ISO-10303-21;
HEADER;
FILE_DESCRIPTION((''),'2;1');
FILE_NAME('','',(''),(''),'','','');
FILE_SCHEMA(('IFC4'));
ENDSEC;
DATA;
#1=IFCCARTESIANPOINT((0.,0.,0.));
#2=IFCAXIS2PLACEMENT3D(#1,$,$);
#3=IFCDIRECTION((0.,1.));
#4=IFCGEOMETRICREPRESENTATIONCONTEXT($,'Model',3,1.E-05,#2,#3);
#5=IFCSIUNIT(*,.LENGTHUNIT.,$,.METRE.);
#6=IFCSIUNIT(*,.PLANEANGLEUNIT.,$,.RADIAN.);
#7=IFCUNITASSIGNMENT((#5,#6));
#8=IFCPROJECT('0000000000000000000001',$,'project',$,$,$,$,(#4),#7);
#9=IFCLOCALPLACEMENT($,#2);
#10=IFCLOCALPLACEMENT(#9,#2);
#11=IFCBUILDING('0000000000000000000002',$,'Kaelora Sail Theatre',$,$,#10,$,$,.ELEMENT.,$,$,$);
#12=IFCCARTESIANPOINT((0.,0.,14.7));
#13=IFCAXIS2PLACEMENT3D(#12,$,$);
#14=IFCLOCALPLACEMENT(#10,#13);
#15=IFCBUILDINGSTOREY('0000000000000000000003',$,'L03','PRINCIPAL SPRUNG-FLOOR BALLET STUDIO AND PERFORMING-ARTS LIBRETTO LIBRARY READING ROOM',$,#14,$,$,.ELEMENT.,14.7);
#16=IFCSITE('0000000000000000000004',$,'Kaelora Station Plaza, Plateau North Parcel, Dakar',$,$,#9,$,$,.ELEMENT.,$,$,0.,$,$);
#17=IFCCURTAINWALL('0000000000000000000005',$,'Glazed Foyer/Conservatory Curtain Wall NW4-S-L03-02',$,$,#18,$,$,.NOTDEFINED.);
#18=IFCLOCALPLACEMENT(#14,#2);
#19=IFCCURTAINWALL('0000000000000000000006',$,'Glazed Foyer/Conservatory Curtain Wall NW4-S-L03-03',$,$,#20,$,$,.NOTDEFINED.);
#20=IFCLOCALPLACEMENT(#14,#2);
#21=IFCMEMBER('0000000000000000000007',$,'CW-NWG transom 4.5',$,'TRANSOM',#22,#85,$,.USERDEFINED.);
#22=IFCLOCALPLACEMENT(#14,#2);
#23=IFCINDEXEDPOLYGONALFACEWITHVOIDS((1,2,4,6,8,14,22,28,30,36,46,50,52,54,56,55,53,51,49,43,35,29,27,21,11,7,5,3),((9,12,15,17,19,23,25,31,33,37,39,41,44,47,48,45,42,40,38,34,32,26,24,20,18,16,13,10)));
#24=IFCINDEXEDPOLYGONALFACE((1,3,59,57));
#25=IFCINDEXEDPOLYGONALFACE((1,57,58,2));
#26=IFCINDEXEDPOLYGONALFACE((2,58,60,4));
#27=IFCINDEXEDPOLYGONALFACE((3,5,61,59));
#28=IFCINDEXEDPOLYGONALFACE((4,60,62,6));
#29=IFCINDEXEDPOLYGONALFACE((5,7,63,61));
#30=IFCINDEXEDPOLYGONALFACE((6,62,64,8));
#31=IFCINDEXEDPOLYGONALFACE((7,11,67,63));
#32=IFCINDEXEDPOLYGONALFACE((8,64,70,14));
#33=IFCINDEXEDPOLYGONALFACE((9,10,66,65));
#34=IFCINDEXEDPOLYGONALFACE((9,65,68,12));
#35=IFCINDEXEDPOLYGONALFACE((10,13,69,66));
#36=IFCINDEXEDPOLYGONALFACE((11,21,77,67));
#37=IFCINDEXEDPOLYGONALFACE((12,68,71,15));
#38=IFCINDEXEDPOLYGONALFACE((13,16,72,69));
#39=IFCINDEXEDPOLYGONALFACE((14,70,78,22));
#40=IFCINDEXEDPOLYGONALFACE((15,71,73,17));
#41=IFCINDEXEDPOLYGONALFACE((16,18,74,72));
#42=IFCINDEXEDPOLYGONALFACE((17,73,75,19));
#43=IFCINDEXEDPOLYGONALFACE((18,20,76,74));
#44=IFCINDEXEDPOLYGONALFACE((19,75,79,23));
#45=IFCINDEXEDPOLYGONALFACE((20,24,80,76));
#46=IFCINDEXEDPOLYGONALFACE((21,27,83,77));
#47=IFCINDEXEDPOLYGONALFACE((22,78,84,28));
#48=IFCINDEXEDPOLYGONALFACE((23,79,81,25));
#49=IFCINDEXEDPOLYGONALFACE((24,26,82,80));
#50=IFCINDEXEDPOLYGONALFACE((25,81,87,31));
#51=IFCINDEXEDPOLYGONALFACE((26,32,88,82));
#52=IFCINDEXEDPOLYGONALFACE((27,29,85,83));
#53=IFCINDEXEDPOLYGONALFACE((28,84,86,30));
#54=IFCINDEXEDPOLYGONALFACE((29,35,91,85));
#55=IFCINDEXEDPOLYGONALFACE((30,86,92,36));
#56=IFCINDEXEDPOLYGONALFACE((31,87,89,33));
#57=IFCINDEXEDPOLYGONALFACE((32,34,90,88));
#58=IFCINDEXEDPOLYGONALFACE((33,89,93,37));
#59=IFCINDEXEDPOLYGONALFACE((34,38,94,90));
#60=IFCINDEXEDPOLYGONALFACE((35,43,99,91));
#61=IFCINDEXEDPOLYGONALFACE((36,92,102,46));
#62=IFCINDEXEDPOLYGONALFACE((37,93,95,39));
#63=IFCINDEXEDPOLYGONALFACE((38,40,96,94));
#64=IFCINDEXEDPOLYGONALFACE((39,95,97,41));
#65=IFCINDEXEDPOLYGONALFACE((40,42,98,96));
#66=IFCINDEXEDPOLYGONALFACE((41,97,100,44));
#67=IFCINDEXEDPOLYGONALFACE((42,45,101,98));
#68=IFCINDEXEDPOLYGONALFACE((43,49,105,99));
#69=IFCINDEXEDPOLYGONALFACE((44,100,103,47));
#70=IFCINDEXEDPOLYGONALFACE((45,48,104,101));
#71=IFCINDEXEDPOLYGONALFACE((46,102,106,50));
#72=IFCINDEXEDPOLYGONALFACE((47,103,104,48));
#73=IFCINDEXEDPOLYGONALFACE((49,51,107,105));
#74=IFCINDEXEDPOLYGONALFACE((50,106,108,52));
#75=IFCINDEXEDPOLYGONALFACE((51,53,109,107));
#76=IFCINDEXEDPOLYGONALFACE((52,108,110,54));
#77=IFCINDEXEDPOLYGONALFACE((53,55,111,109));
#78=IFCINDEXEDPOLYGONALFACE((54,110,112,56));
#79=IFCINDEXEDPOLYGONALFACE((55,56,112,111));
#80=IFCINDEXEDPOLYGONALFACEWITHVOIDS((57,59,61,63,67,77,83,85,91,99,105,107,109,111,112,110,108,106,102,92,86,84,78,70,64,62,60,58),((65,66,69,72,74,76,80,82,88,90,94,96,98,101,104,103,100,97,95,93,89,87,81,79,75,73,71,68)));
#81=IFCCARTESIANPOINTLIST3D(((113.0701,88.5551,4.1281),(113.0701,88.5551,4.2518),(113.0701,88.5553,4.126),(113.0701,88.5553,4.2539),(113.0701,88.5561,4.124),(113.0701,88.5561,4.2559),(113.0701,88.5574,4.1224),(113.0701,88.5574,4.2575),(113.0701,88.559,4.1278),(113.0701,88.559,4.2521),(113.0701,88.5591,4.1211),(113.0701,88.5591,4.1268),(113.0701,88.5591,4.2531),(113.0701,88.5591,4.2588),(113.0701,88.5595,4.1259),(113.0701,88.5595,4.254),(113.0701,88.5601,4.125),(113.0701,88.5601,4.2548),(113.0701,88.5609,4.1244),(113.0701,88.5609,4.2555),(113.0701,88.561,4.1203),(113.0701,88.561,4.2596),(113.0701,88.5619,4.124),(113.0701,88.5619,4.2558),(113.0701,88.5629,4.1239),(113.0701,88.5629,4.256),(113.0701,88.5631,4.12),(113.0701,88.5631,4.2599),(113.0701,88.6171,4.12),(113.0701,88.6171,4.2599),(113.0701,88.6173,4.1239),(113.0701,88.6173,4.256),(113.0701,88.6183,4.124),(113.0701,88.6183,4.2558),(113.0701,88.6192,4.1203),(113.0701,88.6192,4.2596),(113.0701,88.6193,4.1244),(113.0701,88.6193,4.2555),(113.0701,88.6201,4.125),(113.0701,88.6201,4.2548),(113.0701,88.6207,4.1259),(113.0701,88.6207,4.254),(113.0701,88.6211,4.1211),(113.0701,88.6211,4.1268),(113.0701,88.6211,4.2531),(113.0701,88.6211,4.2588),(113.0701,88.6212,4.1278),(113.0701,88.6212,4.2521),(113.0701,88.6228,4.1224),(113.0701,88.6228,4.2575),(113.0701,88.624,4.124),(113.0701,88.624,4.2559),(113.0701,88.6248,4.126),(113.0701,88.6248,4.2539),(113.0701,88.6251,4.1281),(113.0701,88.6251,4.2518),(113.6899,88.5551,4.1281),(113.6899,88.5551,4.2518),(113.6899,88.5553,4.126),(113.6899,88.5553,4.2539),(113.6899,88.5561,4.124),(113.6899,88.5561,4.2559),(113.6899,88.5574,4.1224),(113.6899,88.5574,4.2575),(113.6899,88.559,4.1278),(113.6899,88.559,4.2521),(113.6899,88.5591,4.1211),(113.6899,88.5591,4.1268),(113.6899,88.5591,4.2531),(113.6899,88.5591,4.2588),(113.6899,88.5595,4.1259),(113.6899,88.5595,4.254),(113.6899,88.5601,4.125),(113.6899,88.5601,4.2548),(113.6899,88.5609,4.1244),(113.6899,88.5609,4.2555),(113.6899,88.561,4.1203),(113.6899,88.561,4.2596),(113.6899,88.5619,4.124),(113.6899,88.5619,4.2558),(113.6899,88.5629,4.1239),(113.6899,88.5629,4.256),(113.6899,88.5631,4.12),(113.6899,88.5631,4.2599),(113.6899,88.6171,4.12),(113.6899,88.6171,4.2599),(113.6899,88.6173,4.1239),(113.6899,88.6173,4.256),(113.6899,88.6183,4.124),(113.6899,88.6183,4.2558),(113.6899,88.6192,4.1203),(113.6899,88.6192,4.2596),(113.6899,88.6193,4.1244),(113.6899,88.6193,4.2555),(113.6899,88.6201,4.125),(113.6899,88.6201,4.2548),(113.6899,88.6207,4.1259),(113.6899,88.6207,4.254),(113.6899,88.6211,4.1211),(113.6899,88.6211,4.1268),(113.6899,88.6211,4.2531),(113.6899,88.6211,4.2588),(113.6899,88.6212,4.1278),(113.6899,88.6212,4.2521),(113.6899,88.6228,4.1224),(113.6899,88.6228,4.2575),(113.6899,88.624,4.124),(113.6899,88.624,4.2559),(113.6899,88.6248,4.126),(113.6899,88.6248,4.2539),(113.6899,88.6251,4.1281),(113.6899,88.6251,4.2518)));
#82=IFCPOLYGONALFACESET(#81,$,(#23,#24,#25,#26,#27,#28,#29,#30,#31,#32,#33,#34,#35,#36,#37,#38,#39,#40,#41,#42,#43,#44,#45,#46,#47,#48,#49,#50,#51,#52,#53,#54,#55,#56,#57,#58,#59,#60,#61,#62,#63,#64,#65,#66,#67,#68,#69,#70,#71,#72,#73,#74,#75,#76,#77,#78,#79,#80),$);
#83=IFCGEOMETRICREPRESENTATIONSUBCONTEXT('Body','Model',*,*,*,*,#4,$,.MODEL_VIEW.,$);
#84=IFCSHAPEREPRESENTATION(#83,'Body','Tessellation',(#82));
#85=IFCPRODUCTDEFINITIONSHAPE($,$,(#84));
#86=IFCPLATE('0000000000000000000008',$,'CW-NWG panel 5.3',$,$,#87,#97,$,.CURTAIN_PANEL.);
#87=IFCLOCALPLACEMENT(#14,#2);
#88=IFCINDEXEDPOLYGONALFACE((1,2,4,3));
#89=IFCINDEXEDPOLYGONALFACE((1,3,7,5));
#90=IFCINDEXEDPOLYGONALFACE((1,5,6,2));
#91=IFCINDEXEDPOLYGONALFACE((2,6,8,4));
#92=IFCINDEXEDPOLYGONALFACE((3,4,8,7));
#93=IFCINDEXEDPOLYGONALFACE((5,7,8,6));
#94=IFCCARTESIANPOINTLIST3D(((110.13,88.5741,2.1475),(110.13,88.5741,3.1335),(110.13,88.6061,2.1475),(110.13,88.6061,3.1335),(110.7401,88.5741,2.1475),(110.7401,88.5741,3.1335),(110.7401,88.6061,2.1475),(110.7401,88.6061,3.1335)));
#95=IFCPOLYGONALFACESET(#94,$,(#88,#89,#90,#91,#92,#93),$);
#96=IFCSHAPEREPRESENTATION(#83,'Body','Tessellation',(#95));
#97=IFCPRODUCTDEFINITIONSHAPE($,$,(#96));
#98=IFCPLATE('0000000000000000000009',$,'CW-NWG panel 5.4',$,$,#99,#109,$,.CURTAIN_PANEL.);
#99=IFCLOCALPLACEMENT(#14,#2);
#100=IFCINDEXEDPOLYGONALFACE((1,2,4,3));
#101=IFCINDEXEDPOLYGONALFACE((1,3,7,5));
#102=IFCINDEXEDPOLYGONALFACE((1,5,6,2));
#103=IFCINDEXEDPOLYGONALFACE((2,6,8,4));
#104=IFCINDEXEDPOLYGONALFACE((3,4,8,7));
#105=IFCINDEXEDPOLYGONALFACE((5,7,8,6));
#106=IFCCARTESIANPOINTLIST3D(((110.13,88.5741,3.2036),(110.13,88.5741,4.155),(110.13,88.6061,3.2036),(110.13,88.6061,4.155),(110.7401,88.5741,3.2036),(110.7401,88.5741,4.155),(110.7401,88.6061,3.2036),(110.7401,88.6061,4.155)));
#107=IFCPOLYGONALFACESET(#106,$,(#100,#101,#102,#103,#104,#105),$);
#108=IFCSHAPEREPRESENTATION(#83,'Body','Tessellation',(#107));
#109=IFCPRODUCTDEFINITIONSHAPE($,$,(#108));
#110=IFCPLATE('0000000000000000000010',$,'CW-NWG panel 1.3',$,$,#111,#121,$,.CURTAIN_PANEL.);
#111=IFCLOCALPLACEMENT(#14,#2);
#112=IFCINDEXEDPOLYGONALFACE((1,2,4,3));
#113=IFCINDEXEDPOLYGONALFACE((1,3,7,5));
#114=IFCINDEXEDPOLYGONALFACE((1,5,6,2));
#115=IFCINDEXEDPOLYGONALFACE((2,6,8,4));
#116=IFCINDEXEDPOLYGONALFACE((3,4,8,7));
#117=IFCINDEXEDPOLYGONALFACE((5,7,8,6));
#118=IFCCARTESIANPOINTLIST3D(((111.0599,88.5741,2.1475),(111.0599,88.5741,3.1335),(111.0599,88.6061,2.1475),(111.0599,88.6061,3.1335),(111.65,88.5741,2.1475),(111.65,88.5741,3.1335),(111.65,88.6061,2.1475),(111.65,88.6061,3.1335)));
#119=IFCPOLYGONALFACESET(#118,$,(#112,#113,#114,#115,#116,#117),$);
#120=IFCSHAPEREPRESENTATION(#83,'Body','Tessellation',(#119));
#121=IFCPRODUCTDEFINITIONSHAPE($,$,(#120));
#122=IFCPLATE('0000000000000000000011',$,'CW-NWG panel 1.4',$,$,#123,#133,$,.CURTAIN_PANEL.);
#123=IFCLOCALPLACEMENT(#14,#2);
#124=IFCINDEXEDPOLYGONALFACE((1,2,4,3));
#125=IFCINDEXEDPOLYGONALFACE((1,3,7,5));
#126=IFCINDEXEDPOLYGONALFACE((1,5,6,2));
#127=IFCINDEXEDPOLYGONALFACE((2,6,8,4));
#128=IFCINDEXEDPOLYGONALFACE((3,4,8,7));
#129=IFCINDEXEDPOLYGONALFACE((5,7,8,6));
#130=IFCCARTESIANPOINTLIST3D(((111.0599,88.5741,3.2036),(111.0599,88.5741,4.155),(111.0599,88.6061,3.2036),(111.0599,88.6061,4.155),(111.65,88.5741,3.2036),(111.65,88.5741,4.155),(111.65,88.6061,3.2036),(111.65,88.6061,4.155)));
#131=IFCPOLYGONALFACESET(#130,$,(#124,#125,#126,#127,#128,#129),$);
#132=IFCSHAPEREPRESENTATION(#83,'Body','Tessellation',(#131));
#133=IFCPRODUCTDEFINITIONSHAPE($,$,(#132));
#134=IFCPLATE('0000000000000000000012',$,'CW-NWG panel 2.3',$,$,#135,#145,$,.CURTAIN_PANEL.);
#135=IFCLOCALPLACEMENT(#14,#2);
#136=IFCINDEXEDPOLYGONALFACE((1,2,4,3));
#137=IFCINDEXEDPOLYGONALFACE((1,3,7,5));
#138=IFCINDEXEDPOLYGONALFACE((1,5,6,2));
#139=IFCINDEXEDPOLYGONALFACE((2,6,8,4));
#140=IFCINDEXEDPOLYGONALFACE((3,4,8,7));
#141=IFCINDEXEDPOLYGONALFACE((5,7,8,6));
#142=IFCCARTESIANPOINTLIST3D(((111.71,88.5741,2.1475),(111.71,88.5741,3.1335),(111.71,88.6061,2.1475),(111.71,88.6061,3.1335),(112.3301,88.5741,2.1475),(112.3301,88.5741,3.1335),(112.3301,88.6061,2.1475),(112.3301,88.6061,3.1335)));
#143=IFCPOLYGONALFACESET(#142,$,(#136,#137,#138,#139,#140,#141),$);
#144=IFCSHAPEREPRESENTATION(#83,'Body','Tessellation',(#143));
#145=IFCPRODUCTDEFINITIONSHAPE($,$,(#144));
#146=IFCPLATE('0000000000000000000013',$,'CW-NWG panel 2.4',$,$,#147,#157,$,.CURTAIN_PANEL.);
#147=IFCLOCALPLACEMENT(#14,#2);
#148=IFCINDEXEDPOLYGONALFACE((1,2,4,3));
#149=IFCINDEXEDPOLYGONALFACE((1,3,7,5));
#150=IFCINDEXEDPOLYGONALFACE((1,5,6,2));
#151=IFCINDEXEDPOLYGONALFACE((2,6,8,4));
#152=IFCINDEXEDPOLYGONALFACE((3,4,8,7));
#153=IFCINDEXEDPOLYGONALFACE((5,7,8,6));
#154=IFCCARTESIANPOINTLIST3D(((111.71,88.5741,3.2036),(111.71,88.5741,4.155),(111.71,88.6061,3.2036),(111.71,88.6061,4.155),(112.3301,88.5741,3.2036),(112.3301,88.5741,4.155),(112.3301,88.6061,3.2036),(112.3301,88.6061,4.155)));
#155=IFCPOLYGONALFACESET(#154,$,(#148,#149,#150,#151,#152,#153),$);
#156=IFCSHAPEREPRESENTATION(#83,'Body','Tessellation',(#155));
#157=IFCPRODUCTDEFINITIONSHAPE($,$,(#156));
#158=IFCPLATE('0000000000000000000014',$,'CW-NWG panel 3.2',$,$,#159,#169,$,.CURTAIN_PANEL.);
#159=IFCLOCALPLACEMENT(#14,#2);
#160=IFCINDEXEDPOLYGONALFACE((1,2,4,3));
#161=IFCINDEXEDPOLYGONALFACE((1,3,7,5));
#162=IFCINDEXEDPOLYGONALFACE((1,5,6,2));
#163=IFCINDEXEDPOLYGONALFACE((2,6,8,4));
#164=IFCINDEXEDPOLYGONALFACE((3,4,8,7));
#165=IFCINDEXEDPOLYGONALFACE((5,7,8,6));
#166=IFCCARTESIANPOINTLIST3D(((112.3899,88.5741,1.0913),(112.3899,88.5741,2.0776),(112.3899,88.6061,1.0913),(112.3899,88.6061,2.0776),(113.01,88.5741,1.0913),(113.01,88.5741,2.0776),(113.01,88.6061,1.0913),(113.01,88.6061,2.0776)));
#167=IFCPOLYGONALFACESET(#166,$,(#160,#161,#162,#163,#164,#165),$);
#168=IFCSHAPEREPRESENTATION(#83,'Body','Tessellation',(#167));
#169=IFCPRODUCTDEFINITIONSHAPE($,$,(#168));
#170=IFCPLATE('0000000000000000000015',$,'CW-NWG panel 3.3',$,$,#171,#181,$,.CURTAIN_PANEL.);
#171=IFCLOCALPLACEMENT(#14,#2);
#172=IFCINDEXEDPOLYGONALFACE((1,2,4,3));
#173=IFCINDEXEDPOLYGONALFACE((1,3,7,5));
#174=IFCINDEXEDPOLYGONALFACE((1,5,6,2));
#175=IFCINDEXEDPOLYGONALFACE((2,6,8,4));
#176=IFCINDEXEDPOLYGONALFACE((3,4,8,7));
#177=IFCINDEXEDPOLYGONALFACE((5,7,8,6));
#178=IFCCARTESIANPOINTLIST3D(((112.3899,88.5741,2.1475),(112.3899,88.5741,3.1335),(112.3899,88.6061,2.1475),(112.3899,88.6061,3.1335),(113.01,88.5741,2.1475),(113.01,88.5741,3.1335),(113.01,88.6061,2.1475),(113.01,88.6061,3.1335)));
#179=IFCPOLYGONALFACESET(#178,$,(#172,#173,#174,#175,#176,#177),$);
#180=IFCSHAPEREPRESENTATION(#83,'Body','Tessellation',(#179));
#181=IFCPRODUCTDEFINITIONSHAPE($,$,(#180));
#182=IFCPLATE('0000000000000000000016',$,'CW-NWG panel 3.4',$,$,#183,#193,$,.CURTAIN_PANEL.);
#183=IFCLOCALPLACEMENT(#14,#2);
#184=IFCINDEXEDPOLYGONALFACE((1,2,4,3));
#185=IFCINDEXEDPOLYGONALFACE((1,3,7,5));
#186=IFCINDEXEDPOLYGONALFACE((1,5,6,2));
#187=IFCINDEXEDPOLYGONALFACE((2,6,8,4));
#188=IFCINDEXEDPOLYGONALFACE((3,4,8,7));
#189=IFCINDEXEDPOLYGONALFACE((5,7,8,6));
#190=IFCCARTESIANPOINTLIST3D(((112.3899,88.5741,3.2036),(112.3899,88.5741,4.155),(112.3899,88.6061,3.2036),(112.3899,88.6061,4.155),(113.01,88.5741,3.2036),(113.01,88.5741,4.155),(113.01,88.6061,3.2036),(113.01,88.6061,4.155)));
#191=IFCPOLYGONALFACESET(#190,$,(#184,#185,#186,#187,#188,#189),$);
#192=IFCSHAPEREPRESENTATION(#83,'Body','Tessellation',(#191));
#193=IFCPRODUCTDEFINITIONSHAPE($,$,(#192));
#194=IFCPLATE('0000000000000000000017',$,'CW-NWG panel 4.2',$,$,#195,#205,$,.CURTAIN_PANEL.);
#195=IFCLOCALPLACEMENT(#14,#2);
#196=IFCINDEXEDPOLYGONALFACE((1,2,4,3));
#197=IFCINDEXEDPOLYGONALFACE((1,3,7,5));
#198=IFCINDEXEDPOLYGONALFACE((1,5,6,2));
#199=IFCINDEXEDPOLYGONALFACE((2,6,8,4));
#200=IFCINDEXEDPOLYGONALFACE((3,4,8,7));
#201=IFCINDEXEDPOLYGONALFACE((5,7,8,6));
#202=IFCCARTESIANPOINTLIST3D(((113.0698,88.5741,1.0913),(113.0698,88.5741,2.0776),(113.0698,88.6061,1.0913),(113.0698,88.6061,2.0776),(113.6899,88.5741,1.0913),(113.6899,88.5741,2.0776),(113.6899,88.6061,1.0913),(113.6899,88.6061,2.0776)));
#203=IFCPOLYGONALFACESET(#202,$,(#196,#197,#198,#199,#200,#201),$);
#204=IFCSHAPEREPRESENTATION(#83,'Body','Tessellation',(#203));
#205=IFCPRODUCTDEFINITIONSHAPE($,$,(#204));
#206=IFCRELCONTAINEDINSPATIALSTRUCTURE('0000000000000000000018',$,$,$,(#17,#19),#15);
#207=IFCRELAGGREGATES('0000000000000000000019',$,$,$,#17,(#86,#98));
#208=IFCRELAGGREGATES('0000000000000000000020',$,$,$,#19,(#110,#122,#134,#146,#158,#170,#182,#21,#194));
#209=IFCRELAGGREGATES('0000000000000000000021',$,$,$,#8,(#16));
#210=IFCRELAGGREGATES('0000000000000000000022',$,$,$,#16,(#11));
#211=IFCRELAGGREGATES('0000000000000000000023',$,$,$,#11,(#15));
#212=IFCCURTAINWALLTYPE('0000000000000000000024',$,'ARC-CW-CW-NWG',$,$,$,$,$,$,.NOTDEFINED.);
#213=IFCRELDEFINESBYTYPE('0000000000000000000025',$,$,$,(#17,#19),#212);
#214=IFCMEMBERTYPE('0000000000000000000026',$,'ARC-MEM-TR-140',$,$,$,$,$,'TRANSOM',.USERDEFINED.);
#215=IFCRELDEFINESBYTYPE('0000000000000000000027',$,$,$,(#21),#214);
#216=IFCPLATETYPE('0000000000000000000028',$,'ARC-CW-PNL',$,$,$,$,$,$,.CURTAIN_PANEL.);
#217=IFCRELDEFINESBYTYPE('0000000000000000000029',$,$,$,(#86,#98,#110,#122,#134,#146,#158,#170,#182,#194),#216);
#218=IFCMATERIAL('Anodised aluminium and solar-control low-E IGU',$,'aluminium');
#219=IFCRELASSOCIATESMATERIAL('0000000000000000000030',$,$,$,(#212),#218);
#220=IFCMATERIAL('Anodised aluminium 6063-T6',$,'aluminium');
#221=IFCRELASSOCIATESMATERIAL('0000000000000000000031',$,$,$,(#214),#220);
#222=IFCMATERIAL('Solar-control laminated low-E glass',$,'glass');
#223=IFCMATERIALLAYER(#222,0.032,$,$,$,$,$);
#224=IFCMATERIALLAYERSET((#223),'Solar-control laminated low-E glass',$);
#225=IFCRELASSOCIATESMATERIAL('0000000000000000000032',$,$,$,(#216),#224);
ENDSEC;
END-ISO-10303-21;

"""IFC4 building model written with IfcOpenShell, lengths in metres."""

from ifc_helpers import new_model, si_unit, direction, frame, origin, origin_2d, place, context, subcontext, project, spatial, rectangle, hollow_rectangle, extrude, material, layer, layer_set, material_profile, profile_set, type_object, element, aggregate, save


model = new_model("IFC4")

# Units and contexts
model_context = context("Model", 3, precision=1e-05, world=origin(), true_north=direction((0.0, 1.0)))
body_context = subcontext(model_context, "Body", "Model", "MODEL_VIEW")
ifc_project = project(units=[si_unit("LENGTHUNIT", "METRE"), si_unit("PLANEANGLEUNIT", "RADIAN")], contexts=[model_context])

# Site, building, storey
site_placement = place(None, origin())
site = spatial("IfcSite", under=ifc_project, at=site_placement, Name="Kaelora Station Plaza, Plateau North Parcel, Dakar", CompositionType="ELEMENT", RefElevation=0.0)
building_placement = place(site_placement, origin())
building = spatial("IfcBuilding", under=site, at=building_placement, Name="Kaelora Sail Theatre", CompositionType="ELEMENT")
storey_placement = place(building_placement, frame((0.0, 0.0, 14.7)))
storey = spatial("IfcBuildingStorey", under=building, at=storey_placement, Name="L03", Description="PRINCIPAL SPRUNG-FLOOR BALLET STUDIO AND PERFORMING-ARTS LIBRETTO LIBRARY READING ROOM", CompositionType="ELEMENT", Elevation=14.7)

# Curtain walls, member
ifc_material_1 = material(Name="Anodised aluminium and solar-control low-E IGU", Category="aluminium")
curtain_wall_type = type_object("IfcCurtainWallType", Name="ARC-CW-CW-NWG", PredefinedType="NOTDEFINED", material=ifc_material_1)
curtain_wall_1_placement = place(storey_placement, origin())
curtain_wall_1 = element("IfcCurtainWall", 1, at=curtain_wall_1_placement, inside=storey, type_object=curtain_wall_type, Name="Glazed Foyer/Conservatory Curtain Wall NW4-S-L03-02", PredefinedType="NOTDEFINED")
ifc_material_2 = material(Name="Anodised aluminium 6063-T6", Category="aluminium")
ifc_material_profile = material_profile(ifc_material_2, hollow_rectangle(XDim=0.0701, YDim=0.1399, WallThickness=0.0039, InnerFilletRadius=0.0039, OuterFilletRadius=0.0081, at=origin_2d()), Name="ALU-TRAN 70x140x4")
ifc_profile_set = profile_set([ifc_material_profile], Name="Anodised aluminium 6063-T6")
member_type = type_object("IfcMemberType", Name="ARC-MEM-TR-140", ElementType="TRANSOM", PredefinedType="USERDEFINED", material=ifc_profile_set)
curtain_wall_2_placement = place(storey_placement, origin())
curtain_wall_2 = element("IfcCurtainWall", 2, at=curtain_wall_2_placement, inside=storey, type_object=curtain_wall_type, Name="Glazed Foyer/Conservatory Curtain Wall NW4-S-L03-03", PredefinedType="NOTDEFINED")
member_1_placement = place(storey_placement, frame((113.0701, 88.5901, 4.1899), z_axis=(1.0, 0.0, 0.0), x_axis=(0.0, 1.0, 0.0)))
member_1 = element("IfcMember", 3, at=member_1_placement, type_object=member_type, Name="CW-NWG transom 4.5", ObjectType="TRANSOM", PredefinedType="USERDEFINED", context=body_context, shape_type="SweptSolid", body=[
    extrude(hollow_rectangle(XDim=0.0701, YDim=0.1399, WallThickness=0.0039, InnerFilletRadius=0.0039, OuterFilletRadius=0.0081, at=origin_2d()), origin(), (0.0, 0.0, 1.0), 0.6199),
])

# Plates
ifc_material_3 = material(Name="Solar-control laminated low-E glass", Category="glass")
ifc_layer = layer(ifc_material_3, 0.032)
ifc_layer_set = layer_set([ifc_layer], Name="Solar-control laminated low-E glass")
plate_type = type_object("IfcPlateType", Name="ARC-CW-PNL", PredefinedType="CURTAIN_PANEL", material=ifc_layer_set)
plate_1_placement = place(storey_placement, frame((110.4351, 88.5901, 2.1475), z_axis=(0.0, 0.0, 1.0), x_axis=(1.0, 0.0, 0.0)))
plate_1 = element("IfcPlate", 4, at=plate_1_placement, type_object=plate_type, Name="CW-NWG panel 5.3", PredefinedType="CURTAIN_PANEL", context=body_context, shape_type="SweptSolid", body=[
    extrude(rectangle(XDim=0.6101, YDim=0.032, at=origin_2d()), origin(), (0.0, 0.0, 1.0), 0.9861),
])
plate_2_placement = place(storey_placement, frame((110.4351, 88.5901, 3.2036), z_axis=(0.0, 0.0, 1.0), x_axis=(1.0, 0.0, 0.0)))
plate_2 = element("IfcPlate", 5, at=plate_2_placement, type_object=plate_type, Name="CW-NWG panel 5.4", PredefinedType="CURTAIN_PANEL", context=body_context, shape_type="SweptSolid", body=[
    extrude(rectangle(XDim=0.6101, YDim=0.032, at=origin_2d()), origin(), (0.0, 0.0, 1.0), 0.9514),
])
aggregate(curtain_wall_1, [plate_1, plate_2])
plate_3_placement = place(storey_placement, frame((111.355, 88.5901, 2.1475), z_axis=(0.0, 0.0, 1.0), x_axis=(1.0, 0.0, 0.0)))
plate_3 = element("IfcPlate", 6, at=plate_3_placement, type_object=plate_type, Name="CW-NWG panel 1.3", PredefinedType="CURTAIN_PANEL", context=body_context, shape_type="SweptSolid", body=[
    extrude(rectangle(XDim=0.5901, YDim=0.032, at=origin_2d()), origin(), (0.0, 0.0, 1.0), 0.9861),
])
plate_4_placement = place(storey_placement, frame((111.355, 88.5901, 3.2036), z_axis=(0.0, 0.0, 1.0), x_axis=(1.0, 0.0, 0.0)))
plate_4 = element("IfcPlate", 7, at=plate_4_placement, type_object=plate_type, Name="CW-NWG panel 1.4", PredefinedType="CURTAIN_PANEL", context=body_context, shape_type="SweptSolid", body=[
    extrude(rectangle(XDim=0.5901, YDim=0.032, at=origin_2d()), origin(), (0.0, 0.0, 1.0), 0.9514),
])
plate_5_placement = place(storey_placement, frame((112.02, 88.5901, 2.1475), z_axis=(0.0, 0.0, 1.0), x_axis=(1.0, 0.0, 0.0)))
plate_5 = element("IfcPlate", 8, at=plate_5_placement, type_object=plate_type, Name="CW-NWG panel 2.3", PredefinedType="CURTAIN_PANEL", context=body_context, shape_type="SweptSolid", body=[
    extrude(rectangle(XDim=0.6201, YDim=0.032, at=origin_2d()), origin(), (0.0, 0.0, 1.0), 0.9861),
])
plate_6_placement = place(storey_placement, frame((112.02, 88.5901, 3.2036), z_axis=(0.0, 0.0, 1.0), x_axis=(1.0, 0.0, 0.0)))
plate_6 = element("IfcPlate", 9, at=plate_6_placement, type_object=plate_type, Name="CW-NWG panel 2.4", PredefinedType="CURTAIN_PANEL", context=body_context, shape_type="SweptSolid", body=[
    extrude(rectangle(XDim=0.6201, YDim=0.032, at=origin_2d()), origin(), (0.0, 0.0, 1.0), 0.9514),
])
plate_7_placement = place(storey_placement, frame((112.7, 88.5901, 1.0913), z_axis=(0.0, 0.0, 1.0), x_axis=(1.0, 0.0, 0.0)))
plate_7 = element("IfcPlate", 10, at=plate_7_placement, type_object=plate_type, Name="CW-NWG panel 3.2", PredefinedType="CURTAIN_PANEL", context=body_context, shape_type="SweptSolid", body=[
    extrude(rectangle(XDim=0.6201, YDim=0.032, at=origin_2d()), origin(), (0.0, 0.0, 1.0), 0.9863),
])
plate_8_placement = place(storey_placement, frame((112.7, 88.5901, 2.1475), z_axis=(0.0, 0.0, 1.0), x_axis=(1.0, 0.0, 0.0)))
plate_8 = element("IfcPlate", 11, at=plate_8_placement, type_object=plate_type, Name="CW-NWG panel 3.3", PredefinedType="CURTAIN_PANEL", context=body_context, shape_type="SweptSolid", body=[
    extrude(rectangle(XDim=0.6201, YDim=0.032, at=origin_2d()), origin(), (0.0, 0.0, 1.0), 0.9861),
])
plate_9_placement = place(storey_placement, frame((112.7, 88.5901, 3.2036), z_axis=(0.0, 0.0, 1.0), x_axis=(1.0, 0.0, 0.0)))
plate_9 = element("IfcPlate", 12, at=plate_9_placement, type_object=plate_type, Name="CW-NWG panel 3.4", PredefinedType="CURTAIN_PANEL", context=body_context, shape_type="SweptSolid", body=[
    extrude(rectangle(XDim=0.6201, YDim=0.032, at=origin_2d()), origin(), (0.0, 0.0, 1.0), 0.9514),
])
plate_10_placement = place(storey_placement, frame((113.3799, 88.5901, 1.0913), z_axis=(0.0, 0.0, 1.0), x_axis=(1.0, 0.0, 0.0)))
plate_10 = element("IfcPlate", 13, at=plate_10_placement, type_object=plate_type, Name="CW-NWG panel 4.2", PredefinedType="CURTAIN_PANEL", context=body_context, shape_type="SweptSolid", body=[
    extrude(rectangle(XDim=0.6201, YDim=0.032, at=origin_2d()), origin(), (0.0, 0.0, 1.0), 0.9863),
])
aggregate(curtain_wall_2, [plate_3, plate_4, plate_5, plate_6, plate_7, plate_8, plate_9, member_1, plate_10])

save(model, "model.ifc")
